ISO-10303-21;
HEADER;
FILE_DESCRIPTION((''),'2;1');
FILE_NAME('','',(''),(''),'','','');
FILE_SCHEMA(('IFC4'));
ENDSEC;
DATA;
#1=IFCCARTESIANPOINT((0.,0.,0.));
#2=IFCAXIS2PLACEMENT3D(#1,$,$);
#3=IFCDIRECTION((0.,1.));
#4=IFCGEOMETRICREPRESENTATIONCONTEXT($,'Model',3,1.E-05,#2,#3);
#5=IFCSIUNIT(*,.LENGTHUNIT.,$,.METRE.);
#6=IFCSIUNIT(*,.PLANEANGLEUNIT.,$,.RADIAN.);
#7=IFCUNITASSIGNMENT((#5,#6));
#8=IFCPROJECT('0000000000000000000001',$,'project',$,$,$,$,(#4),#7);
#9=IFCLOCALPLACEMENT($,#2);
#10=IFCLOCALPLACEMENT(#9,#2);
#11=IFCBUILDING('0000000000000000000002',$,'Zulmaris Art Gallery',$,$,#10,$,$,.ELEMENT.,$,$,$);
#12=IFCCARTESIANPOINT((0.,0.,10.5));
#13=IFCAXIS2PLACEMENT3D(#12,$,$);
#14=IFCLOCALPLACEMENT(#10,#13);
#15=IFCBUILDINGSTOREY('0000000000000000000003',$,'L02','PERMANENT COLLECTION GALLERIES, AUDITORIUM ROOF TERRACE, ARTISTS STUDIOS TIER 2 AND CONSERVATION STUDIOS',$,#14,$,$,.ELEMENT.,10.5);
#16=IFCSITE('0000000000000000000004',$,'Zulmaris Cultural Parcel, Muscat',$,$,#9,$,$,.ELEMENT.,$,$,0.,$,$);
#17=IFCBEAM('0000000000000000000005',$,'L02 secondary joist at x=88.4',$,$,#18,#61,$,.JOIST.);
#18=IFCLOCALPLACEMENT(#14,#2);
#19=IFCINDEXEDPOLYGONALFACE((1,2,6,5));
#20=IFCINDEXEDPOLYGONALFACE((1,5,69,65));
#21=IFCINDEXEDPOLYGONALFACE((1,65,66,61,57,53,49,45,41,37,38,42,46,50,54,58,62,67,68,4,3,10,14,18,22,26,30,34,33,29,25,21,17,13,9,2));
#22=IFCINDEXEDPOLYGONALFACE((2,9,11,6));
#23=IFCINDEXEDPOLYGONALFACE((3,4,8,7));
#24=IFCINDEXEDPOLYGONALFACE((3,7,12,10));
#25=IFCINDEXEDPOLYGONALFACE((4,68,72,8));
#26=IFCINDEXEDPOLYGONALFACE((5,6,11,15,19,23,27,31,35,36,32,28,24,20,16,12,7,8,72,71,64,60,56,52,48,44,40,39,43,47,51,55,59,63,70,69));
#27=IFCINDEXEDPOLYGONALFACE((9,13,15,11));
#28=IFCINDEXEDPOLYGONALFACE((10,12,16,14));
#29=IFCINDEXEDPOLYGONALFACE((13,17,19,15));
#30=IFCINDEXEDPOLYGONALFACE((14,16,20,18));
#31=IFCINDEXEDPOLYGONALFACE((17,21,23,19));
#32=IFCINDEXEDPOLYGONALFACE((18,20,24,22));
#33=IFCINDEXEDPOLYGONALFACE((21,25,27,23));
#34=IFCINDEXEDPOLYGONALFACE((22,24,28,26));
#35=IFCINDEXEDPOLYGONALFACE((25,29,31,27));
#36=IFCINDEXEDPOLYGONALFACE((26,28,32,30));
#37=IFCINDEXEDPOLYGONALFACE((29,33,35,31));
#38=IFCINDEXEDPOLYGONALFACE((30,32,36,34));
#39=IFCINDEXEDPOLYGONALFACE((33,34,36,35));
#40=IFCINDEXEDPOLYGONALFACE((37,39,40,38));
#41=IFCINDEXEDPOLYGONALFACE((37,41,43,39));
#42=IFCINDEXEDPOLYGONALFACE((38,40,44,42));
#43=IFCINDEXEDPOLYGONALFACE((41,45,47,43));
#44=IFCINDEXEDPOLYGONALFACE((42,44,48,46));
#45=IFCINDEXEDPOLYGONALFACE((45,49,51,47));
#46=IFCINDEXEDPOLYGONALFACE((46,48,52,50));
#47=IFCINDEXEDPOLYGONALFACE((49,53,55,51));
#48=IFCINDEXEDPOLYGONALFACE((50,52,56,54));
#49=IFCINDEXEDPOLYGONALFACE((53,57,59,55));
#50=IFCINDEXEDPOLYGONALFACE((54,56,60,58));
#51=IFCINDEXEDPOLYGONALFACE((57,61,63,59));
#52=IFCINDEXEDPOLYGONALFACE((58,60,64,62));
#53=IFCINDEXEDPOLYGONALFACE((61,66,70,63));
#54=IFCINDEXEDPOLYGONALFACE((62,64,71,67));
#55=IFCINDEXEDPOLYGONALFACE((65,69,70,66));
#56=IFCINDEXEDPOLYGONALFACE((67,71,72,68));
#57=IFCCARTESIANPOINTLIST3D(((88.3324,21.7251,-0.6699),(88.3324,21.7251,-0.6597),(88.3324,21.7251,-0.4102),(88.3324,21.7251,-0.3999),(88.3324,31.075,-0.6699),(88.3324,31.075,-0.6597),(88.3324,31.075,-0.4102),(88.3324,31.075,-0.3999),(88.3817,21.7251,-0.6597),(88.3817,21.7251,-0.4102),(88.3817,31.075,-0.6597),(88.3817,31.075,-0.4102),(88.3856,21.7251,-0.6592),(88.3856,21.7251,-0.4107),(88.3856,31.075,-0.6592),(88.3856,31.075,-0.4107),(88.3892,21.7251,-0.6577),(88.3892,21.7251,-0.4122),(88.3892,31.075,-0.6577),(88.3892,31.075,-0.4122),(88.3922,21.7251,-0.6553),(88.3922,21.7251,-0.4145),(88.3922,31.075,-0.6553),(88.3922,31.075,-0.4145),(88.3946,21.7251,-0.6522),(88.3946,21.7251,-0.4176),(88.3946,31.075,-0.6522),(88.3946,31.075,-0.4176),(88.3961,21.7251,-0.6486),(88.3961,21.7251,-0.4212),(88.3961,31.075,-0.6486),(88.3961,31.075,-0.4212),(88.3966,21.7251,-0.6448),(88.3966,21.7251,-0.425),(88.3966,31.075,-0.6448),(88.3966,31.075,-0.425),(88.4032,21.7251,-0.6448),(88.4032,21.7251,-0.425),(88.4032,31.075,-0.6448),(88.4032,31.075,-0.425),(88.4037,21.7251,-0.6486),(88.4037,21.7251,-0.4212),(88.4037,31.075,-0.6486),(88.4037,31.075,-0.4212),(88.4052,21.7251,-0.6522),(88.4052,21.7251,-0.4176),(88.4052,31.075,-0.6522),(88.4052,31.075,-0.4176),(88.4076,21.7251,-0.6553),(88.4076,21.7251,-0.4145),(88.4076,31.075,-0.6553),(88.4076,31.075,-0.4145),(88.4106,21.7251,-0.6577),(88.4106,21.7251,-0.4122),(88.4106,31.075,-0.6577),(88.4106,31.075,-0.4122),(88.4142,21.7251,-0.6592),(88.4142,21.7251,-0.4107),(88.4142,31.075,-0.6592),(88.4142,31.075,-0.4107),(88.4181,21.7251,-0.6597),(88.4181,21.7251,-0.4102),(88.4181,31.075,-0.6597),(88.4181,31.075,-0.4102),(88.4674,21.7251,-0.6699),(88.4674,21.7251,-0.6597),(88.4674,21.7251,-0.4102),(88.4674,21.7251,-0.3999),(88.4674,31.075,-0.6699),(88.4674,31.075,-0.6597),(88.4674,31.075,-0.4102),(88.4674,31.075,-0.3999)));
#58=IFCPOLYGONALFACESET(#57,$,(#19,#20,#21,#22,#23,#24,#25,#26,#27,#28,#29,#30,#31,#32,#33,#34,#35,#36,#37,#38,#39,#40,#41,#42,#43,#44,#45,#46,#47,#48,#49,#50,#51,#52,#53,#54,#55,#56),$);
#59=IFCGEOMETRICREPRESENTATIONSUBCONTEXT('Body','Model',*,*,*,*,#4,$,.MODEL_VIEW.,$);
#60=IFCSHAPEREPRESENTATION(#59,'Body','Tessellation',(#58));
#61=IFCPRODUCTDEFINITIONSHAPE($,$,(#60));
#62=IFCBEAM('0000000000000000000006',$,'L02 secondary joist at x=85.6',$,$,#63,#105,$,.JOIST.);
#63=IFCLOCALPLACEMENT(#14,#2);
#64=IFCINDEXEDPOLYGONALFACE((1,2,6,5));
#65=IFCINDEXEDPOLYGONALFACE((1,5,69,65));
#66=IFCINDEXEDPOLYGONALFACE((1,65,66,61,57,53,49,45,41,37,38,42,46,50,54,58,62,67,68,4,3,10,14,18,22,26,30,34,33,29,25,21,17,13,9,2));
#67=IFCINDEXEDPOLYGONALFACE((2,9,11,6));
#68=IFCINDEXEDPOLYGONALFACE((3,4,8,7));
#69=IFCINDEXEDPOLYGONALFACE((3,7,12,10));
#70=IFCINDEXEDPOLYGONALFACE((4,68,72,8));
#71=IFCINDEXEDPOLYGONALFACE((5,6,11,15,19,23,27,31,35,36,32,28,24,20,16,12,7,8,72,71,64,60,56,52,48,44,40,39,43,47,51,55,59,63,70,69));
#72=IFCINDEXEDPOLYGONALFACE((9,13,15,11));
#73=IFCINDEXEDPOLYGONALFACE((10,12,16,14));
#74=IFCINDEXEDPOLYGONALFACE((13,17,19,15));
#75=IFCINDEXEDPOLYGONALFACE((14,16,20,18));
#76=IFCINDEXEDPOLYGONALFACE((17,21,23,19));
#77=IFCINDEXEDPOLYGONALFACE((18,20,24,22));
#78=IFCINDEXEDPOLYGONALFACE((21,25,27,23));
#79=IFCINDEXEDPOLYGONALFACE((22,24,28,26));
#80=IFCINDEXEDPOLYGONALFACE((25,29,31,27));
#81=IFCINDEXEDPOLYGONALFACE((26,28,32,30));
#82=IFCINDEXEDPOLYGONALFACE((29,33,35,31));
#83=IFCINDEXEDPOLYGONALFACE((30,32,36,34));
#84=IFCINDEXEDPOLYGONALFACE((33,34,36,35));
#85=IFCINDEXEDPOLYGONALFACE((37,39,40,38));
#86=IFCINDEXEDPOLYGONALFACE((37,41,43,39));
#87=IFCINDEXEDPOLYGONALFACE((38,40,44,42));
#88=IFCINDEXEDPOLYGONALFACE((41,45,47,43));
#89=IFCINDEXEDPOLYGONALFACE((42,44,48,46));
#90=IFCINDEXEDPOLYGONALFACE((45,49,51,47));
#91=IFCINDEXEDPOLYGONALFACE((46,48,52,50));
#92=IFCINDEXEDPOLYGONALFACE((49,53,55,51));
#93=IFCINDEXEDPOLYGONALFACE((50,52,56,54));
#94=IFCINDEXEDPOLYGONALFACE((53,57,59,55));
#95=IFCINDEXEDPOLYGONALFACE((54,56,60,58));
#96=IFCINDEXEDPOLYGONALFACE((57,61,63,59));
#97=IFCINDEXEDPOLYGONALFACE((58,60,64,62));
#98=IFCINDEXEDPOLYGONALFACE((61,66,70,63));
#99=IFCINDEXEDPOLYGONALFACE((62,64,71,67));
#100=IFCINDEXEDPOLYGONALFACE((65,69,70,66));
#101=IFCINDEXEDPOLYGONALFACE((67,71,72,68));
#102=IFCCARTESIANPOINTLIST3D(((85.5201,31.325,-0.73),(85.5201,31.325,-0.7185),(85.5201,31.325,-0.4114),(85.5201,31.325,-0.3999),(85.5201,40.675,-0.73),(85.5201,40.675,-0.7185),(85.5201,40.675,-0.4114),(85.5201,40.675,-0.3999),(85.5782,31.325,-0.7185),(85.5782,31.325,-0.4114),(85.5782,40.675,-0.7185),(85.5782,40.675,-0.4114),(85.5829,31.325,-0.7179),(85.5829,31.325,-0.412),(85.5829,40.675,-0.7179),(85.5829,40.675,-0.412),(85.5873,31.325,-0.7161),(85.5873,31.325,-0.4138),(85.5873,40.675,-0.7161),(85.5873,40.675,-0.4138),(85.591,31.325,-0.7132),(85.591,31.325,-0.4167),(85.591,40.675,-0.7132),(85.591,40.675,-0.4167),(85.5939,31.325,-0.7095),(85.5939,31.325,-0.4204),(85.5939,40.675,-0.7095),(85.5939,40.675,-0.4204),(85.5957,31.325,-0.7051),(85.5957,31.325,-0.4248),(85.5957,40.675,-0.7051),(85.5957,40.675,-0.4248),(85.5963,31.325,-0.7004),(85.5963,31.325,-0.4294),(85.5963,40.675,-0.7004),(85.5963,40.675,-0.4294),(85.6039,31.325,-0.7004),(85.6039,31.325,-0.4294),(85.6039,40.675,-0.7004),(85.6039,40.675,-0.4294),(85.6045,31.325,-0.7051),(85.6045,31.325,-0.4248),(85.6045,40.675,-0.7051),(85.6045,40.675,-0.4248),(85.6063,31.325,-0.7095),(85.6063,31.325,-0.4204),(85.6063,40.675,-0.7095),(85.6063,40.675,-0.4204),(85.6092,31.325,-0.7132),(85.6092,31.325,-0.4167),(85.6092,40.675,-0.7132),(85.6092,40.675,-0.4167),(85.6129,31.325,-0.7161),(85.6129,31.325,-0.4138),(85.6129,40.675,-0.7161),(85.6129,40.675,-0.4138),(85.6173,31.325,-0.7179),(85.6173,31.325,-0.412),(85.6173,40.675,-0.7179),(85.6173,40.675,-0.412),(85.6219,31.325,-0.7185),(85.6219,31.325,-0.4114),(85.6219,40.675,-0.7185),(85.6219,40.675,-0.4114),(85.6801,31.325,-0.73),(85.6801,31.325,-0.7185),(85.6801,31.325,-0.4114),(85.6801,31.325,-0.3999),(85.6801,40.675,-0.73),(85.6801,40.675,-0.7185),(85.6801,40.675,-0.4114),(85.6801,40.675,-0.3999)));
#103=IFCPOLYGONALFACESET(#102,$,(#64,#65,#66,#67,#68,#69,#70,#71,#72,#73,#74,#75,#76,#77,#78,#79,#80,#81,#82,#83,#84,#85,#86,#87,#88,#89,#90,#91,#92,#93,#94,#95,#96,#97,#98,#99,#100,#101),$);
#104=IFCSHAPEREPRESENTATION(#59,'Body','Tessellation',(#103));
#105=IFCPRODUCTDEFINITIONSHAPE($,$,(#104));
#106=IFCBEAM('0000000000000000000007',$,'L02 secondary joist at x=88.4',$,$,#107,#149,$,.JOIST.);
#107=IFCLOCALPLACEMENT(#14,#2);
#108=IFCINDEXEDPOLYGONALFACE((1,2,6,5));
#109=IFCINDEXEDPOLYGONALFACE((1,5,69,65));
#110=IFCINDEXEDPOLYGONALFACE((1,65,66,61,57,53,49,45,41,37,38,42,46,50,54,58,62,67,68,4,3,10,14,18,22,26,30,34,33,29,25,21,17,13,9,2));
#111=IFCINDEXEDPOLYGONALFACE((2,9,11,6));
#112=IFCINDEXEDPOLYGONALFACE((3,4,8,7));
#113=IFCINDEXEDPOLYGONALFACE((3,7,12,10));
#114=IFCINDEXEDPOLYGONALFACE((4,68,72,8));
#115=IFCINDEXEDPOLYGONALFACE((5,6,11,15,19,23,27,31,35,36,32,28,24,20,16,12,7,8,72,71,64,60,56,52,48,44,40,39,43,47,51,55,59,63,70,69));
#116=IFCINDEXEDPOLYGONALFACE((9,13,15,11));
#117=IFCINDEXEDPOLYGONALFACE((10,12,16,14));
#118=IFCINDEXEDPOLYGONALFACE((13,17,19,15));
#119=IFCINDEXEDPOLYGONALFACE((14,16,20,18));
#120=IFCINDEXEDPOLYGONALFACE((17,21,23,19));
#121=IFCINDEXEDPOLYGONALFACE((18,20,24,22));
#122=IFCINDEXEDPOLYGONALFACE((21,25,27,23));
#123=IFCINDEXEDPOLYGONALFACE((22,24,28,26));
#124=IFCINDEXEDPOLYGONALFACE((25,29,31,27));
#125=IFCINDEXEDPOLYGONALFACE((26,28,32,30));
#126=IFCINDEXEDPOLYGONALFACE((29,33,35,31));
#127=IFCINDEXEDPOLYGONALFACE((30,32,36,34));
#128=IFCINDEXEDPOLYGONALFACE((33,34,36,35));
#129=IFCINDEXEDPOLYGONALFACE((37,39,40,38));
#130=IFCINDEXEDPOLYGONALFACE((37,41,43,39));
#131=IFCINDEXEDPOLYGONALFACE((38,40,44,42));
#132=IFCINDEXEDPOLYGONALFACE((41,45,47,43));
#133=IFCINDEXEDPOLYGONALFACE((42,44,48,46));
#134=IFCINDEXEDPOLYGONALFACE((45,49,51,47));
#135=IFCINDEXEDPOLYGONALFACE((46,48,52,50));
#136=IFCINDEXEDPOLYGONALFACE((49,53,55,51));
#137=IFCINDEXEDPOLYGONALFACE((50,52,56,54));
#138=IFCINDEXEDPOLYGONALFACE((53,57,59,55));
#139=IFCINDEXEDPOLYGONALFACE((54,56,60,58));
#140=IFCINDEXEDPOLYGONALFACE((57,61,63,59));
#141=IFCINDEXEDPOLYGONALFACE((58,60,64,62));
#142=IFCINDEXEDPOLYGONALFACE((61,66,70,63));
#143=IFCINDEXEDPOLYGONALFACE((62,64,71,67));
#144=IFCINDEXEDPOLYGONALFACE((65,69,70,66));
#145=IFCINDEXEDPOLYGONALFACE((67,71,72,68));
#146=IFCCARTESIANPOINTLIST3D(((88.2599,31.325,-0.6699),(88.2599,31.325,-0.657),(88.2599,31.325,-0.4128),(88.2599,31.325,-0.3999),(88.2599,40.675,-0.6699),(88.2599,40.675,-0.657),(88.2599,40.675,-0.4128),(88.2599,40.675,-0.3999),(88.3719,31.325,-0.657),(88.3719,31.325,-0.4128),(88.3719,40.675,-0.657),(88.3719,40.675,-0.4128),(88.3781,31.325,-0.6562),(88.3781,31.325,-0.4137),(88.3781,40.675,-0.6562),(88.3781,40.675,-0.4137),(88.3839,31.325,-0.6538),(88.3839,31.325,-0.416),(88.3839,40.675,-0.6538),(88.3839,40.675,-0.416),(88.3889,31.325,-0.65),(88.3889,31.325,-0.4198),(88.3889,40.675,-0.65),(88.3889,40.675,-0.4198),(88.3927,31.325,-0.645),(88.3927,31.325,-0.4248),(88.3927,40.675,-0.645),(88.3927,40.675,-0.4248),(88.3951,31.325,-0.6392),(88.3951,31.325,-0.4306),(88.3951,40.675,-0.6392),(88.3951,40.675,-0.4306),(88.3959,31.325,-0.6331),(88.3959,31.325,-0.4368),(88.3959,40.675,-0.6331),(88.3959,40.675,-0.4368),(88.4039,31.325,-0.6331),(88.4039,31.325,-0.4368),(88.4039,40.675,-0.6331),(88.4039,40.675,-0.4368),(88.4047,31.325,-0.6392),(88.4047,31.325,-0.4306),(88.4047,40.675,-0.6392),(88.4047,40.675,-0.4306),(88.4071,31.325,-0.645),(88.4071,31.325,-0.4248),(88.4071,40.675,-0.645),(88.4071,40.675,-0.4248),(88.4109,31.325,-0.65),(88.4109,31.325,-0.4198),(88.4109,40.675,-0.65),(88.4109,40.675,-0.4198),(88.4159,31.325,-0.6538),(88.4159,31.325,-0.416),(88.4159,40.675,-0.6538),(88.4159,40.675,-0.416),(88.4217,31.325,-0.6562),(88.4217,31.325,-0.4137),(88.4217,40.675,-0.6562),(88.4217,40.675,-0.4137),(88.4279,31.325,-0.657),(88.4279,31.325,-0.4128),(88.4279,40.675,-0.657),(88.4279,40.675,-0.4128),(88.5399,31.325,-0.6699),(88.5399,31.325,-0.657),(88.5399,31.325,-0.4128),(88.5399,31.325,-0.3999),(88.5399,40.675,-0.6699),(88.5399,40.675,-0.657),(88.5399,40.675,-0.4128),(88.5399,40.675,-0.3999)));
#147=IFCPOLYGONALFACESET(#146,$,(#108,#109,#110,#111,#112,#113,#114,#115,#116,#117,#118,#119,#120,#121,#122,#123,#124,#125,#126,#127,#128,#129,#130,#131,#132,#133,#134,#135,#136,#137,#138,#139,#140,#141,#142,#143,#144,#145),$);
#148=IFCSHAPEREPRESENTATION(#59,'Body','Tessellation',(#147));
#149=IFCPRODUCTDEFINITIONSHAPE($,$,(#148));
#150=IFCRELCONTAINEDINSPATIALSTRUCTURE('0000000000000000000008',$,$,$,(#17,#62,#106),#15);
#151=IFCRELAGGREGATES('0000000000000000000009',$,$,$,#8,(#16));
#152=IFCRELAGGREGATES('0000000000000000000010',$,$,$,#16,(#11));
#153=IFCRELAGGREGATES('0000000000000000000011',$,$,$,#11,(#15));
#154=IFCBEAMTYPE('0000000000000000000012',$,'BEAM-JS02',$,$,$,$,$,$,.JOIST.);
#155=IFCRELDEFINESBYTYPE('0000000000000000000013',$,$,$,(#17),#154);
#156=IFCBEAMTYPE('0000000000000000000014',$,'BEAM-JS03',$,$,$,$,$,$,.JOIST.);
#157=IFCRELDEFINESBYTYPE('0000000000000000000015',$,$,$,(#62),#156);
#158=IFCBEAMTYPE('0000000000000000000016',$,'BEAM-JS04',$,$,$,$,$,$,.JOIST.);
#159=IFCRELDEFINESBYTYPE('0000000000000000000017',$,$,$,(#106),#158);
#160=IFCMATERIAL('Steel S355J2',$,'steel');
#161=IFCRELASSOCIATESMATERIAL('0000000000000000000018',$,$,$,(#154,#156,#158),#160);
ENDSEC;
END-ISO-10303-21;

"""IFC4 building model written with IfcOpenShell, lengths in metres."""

from ifc_helpers import new_model, si_unit, direction, frame, origin, origin_2d, place, context, subcontext, project, spatial, i_section, extrude, material, material_profile, profile_set, type_object, element, save


model = new_model("IFC4")

# Units and contexts
model_context = context("Model", 3, precision=1e-05, world=origin(), true_north=direction((0.0, 1.0)))
body_context = subcontext(model_context, "Body", "Model", "MODEL_VIEW")
ifc_project = project(units=[si_unit("LENGTHUNIT", "METRE"), si_unit("PLANEANGLEUNIT", "RADIAN")], contexts=[model_context])

# Site, building, storey
site_placement = place(None, origin())
site = spatial("IfcSite", under=ifc_project, at=site_placement, Name="Zulmaris Cultural Parcel, Muscat", CompositionType="ELEMENT", RefElevation=0.0)
building_placement = place(site_placement, origin())
building = spatial("IfcBuilding", under=site, at=building_placement, Name="Zulmaris Art Gallery", CompositionType="ELEMENT")
storey_placement = place(building_placement, frame((0.0, 0.0, 10.5)))
storey = spatial("IfcBuildingStorey", under=building, at=storey_placement, Name="L02", Description="PERMANENT COLLECTION GALLERIES, AUDITORIUM ROOF TERRACE, ARTISTS STUDIOS TIER 2 AND CONSERVATION STUDIOS", CompositionType="ELEMENT", Elevation=10.5)

# Beams
ifc_material_1 = material(Name="Steel S355J2", Category="steel")
ifc_material_profile_1 = material_profile(ifc_material_1, i_section(OverallWidth=0.135, OverallDepth=0.27, WebThickness=0.0066, FlangeThickness=0.0103, FilletRadius=0.0149, at=origin_2d()), Name="IPE 270")
ifc_profile_set_1 = profile_set([ifc_material_profile_1], Name="Steel S355J2")
beam_type_1 = type_object("IfcBeamType", Name="BEAM-JS02", PredefinedType="JOIST", material=ifc_profile_set_1)
beam_1_placement = place(storey_placement, frame((88.3999, 21.7251, -0.5349), z_axis=(0.0, 1.0, 0.0), x_axis=(-1.0, 0.0, 0.0)))
element("IfcBeam", 1, at=beam_1_placement, inside=storey, type_object=beam_type_1, Name="L02 secondary joist at x=88.4", PredefinedType="JOIST", context=body_context, shape_type="SweptSolid", body=[
    extrude(i_section(OverallWidth=0.135, OverallDepth=0.27, WebThickness=0.0066, FlangeThickness=0.0103, FilletRadius=0.0149, at=origin_2d()), origin(), (0.0, 0.0, 1.0), 9.3499),
])
ifc_material_profile_2 = material_profile(ifc_material_1, i_section(OverallWidth=0.1599, OverallDepth=0.3301, WebThickness=0.0076, FlangeThickness=0.0115, FilletRadius=0.0181, at=origin_2d()), Name="IPE 330")
ifc_profile_set_2 = profile_set([ifc_material_profile_2], Name="Steel S355J2")
beam_type_2 = type_object("IfcBeamType", Name="BEAM-JS03", PredefinedType="JOIST", material=ifc_profile_set_2)
beam_2_placement = place(storey_placement, frame((85.6001, 31.325, -0.5649), z_axis=(0.0, 1.0, 0.0), x_axis=(-1.0, 0.0, 0.0)))
element("IfcBeam", 2, at=beam_2_placement, inside=storey, type_object=beam_type_2, Name="L02 secondary joist at x=85.6", PredefinedType="JOIST", context=body_context, shape_type="SweptSolid", body=[
    extrude(i_section(OverallWidth=0.1599, OverallDepth=0.3301, WebThickness=0.0076, FlangeThickness=0.0115, FilletRadius=0.0181, at=origin_2d()), origin(), (0.0, 0.0, 1.0), 9.3501),
])
ifc_material_profile_3 = material_profile(ifc_material_1, i_section(OverallWidth=0.28, OverallDepth=0.27, WebThickness=0.0081, FlangeThickness=0.0129, FilletRadius=0.0239, at=origin_2d()), Name="HEA 280")
ifc_profile_set_3 = profile_set([ifc_material_profile_3], Name="Steel S355J2")
beam_type_3 = type_object("IfcBeamType", Name="BEAM-JS04", PredefinedType="JOIST", material=ifc_profile_set_3)
beam_3_placement = place(storey_placement, frame((88.3999, 31.325, -0.5349), z_axis=(0.0, 1.0, 0.0), x_axis=(-1.0, 0.0, 0.0)))
element("IfcBeam", 3, at=beam_3_placement, inside=storey, type_object=beam_type_3, Name="L02 secondary joist at x=88.4", PredefinedType="JOIST", context=body_context, shape_type="SweptSolid", body=[
    extrude(i_section(OverallWidth=0.28, OverallDepth=0.27, WebThickness=0.0081, FlangeThickness=0.0129, FilletRadius=0.0239, at=origin_2d()), origin(), (0.0, 0.0, 1.0), 9.3501),
])

save(model, "model.ifc")
